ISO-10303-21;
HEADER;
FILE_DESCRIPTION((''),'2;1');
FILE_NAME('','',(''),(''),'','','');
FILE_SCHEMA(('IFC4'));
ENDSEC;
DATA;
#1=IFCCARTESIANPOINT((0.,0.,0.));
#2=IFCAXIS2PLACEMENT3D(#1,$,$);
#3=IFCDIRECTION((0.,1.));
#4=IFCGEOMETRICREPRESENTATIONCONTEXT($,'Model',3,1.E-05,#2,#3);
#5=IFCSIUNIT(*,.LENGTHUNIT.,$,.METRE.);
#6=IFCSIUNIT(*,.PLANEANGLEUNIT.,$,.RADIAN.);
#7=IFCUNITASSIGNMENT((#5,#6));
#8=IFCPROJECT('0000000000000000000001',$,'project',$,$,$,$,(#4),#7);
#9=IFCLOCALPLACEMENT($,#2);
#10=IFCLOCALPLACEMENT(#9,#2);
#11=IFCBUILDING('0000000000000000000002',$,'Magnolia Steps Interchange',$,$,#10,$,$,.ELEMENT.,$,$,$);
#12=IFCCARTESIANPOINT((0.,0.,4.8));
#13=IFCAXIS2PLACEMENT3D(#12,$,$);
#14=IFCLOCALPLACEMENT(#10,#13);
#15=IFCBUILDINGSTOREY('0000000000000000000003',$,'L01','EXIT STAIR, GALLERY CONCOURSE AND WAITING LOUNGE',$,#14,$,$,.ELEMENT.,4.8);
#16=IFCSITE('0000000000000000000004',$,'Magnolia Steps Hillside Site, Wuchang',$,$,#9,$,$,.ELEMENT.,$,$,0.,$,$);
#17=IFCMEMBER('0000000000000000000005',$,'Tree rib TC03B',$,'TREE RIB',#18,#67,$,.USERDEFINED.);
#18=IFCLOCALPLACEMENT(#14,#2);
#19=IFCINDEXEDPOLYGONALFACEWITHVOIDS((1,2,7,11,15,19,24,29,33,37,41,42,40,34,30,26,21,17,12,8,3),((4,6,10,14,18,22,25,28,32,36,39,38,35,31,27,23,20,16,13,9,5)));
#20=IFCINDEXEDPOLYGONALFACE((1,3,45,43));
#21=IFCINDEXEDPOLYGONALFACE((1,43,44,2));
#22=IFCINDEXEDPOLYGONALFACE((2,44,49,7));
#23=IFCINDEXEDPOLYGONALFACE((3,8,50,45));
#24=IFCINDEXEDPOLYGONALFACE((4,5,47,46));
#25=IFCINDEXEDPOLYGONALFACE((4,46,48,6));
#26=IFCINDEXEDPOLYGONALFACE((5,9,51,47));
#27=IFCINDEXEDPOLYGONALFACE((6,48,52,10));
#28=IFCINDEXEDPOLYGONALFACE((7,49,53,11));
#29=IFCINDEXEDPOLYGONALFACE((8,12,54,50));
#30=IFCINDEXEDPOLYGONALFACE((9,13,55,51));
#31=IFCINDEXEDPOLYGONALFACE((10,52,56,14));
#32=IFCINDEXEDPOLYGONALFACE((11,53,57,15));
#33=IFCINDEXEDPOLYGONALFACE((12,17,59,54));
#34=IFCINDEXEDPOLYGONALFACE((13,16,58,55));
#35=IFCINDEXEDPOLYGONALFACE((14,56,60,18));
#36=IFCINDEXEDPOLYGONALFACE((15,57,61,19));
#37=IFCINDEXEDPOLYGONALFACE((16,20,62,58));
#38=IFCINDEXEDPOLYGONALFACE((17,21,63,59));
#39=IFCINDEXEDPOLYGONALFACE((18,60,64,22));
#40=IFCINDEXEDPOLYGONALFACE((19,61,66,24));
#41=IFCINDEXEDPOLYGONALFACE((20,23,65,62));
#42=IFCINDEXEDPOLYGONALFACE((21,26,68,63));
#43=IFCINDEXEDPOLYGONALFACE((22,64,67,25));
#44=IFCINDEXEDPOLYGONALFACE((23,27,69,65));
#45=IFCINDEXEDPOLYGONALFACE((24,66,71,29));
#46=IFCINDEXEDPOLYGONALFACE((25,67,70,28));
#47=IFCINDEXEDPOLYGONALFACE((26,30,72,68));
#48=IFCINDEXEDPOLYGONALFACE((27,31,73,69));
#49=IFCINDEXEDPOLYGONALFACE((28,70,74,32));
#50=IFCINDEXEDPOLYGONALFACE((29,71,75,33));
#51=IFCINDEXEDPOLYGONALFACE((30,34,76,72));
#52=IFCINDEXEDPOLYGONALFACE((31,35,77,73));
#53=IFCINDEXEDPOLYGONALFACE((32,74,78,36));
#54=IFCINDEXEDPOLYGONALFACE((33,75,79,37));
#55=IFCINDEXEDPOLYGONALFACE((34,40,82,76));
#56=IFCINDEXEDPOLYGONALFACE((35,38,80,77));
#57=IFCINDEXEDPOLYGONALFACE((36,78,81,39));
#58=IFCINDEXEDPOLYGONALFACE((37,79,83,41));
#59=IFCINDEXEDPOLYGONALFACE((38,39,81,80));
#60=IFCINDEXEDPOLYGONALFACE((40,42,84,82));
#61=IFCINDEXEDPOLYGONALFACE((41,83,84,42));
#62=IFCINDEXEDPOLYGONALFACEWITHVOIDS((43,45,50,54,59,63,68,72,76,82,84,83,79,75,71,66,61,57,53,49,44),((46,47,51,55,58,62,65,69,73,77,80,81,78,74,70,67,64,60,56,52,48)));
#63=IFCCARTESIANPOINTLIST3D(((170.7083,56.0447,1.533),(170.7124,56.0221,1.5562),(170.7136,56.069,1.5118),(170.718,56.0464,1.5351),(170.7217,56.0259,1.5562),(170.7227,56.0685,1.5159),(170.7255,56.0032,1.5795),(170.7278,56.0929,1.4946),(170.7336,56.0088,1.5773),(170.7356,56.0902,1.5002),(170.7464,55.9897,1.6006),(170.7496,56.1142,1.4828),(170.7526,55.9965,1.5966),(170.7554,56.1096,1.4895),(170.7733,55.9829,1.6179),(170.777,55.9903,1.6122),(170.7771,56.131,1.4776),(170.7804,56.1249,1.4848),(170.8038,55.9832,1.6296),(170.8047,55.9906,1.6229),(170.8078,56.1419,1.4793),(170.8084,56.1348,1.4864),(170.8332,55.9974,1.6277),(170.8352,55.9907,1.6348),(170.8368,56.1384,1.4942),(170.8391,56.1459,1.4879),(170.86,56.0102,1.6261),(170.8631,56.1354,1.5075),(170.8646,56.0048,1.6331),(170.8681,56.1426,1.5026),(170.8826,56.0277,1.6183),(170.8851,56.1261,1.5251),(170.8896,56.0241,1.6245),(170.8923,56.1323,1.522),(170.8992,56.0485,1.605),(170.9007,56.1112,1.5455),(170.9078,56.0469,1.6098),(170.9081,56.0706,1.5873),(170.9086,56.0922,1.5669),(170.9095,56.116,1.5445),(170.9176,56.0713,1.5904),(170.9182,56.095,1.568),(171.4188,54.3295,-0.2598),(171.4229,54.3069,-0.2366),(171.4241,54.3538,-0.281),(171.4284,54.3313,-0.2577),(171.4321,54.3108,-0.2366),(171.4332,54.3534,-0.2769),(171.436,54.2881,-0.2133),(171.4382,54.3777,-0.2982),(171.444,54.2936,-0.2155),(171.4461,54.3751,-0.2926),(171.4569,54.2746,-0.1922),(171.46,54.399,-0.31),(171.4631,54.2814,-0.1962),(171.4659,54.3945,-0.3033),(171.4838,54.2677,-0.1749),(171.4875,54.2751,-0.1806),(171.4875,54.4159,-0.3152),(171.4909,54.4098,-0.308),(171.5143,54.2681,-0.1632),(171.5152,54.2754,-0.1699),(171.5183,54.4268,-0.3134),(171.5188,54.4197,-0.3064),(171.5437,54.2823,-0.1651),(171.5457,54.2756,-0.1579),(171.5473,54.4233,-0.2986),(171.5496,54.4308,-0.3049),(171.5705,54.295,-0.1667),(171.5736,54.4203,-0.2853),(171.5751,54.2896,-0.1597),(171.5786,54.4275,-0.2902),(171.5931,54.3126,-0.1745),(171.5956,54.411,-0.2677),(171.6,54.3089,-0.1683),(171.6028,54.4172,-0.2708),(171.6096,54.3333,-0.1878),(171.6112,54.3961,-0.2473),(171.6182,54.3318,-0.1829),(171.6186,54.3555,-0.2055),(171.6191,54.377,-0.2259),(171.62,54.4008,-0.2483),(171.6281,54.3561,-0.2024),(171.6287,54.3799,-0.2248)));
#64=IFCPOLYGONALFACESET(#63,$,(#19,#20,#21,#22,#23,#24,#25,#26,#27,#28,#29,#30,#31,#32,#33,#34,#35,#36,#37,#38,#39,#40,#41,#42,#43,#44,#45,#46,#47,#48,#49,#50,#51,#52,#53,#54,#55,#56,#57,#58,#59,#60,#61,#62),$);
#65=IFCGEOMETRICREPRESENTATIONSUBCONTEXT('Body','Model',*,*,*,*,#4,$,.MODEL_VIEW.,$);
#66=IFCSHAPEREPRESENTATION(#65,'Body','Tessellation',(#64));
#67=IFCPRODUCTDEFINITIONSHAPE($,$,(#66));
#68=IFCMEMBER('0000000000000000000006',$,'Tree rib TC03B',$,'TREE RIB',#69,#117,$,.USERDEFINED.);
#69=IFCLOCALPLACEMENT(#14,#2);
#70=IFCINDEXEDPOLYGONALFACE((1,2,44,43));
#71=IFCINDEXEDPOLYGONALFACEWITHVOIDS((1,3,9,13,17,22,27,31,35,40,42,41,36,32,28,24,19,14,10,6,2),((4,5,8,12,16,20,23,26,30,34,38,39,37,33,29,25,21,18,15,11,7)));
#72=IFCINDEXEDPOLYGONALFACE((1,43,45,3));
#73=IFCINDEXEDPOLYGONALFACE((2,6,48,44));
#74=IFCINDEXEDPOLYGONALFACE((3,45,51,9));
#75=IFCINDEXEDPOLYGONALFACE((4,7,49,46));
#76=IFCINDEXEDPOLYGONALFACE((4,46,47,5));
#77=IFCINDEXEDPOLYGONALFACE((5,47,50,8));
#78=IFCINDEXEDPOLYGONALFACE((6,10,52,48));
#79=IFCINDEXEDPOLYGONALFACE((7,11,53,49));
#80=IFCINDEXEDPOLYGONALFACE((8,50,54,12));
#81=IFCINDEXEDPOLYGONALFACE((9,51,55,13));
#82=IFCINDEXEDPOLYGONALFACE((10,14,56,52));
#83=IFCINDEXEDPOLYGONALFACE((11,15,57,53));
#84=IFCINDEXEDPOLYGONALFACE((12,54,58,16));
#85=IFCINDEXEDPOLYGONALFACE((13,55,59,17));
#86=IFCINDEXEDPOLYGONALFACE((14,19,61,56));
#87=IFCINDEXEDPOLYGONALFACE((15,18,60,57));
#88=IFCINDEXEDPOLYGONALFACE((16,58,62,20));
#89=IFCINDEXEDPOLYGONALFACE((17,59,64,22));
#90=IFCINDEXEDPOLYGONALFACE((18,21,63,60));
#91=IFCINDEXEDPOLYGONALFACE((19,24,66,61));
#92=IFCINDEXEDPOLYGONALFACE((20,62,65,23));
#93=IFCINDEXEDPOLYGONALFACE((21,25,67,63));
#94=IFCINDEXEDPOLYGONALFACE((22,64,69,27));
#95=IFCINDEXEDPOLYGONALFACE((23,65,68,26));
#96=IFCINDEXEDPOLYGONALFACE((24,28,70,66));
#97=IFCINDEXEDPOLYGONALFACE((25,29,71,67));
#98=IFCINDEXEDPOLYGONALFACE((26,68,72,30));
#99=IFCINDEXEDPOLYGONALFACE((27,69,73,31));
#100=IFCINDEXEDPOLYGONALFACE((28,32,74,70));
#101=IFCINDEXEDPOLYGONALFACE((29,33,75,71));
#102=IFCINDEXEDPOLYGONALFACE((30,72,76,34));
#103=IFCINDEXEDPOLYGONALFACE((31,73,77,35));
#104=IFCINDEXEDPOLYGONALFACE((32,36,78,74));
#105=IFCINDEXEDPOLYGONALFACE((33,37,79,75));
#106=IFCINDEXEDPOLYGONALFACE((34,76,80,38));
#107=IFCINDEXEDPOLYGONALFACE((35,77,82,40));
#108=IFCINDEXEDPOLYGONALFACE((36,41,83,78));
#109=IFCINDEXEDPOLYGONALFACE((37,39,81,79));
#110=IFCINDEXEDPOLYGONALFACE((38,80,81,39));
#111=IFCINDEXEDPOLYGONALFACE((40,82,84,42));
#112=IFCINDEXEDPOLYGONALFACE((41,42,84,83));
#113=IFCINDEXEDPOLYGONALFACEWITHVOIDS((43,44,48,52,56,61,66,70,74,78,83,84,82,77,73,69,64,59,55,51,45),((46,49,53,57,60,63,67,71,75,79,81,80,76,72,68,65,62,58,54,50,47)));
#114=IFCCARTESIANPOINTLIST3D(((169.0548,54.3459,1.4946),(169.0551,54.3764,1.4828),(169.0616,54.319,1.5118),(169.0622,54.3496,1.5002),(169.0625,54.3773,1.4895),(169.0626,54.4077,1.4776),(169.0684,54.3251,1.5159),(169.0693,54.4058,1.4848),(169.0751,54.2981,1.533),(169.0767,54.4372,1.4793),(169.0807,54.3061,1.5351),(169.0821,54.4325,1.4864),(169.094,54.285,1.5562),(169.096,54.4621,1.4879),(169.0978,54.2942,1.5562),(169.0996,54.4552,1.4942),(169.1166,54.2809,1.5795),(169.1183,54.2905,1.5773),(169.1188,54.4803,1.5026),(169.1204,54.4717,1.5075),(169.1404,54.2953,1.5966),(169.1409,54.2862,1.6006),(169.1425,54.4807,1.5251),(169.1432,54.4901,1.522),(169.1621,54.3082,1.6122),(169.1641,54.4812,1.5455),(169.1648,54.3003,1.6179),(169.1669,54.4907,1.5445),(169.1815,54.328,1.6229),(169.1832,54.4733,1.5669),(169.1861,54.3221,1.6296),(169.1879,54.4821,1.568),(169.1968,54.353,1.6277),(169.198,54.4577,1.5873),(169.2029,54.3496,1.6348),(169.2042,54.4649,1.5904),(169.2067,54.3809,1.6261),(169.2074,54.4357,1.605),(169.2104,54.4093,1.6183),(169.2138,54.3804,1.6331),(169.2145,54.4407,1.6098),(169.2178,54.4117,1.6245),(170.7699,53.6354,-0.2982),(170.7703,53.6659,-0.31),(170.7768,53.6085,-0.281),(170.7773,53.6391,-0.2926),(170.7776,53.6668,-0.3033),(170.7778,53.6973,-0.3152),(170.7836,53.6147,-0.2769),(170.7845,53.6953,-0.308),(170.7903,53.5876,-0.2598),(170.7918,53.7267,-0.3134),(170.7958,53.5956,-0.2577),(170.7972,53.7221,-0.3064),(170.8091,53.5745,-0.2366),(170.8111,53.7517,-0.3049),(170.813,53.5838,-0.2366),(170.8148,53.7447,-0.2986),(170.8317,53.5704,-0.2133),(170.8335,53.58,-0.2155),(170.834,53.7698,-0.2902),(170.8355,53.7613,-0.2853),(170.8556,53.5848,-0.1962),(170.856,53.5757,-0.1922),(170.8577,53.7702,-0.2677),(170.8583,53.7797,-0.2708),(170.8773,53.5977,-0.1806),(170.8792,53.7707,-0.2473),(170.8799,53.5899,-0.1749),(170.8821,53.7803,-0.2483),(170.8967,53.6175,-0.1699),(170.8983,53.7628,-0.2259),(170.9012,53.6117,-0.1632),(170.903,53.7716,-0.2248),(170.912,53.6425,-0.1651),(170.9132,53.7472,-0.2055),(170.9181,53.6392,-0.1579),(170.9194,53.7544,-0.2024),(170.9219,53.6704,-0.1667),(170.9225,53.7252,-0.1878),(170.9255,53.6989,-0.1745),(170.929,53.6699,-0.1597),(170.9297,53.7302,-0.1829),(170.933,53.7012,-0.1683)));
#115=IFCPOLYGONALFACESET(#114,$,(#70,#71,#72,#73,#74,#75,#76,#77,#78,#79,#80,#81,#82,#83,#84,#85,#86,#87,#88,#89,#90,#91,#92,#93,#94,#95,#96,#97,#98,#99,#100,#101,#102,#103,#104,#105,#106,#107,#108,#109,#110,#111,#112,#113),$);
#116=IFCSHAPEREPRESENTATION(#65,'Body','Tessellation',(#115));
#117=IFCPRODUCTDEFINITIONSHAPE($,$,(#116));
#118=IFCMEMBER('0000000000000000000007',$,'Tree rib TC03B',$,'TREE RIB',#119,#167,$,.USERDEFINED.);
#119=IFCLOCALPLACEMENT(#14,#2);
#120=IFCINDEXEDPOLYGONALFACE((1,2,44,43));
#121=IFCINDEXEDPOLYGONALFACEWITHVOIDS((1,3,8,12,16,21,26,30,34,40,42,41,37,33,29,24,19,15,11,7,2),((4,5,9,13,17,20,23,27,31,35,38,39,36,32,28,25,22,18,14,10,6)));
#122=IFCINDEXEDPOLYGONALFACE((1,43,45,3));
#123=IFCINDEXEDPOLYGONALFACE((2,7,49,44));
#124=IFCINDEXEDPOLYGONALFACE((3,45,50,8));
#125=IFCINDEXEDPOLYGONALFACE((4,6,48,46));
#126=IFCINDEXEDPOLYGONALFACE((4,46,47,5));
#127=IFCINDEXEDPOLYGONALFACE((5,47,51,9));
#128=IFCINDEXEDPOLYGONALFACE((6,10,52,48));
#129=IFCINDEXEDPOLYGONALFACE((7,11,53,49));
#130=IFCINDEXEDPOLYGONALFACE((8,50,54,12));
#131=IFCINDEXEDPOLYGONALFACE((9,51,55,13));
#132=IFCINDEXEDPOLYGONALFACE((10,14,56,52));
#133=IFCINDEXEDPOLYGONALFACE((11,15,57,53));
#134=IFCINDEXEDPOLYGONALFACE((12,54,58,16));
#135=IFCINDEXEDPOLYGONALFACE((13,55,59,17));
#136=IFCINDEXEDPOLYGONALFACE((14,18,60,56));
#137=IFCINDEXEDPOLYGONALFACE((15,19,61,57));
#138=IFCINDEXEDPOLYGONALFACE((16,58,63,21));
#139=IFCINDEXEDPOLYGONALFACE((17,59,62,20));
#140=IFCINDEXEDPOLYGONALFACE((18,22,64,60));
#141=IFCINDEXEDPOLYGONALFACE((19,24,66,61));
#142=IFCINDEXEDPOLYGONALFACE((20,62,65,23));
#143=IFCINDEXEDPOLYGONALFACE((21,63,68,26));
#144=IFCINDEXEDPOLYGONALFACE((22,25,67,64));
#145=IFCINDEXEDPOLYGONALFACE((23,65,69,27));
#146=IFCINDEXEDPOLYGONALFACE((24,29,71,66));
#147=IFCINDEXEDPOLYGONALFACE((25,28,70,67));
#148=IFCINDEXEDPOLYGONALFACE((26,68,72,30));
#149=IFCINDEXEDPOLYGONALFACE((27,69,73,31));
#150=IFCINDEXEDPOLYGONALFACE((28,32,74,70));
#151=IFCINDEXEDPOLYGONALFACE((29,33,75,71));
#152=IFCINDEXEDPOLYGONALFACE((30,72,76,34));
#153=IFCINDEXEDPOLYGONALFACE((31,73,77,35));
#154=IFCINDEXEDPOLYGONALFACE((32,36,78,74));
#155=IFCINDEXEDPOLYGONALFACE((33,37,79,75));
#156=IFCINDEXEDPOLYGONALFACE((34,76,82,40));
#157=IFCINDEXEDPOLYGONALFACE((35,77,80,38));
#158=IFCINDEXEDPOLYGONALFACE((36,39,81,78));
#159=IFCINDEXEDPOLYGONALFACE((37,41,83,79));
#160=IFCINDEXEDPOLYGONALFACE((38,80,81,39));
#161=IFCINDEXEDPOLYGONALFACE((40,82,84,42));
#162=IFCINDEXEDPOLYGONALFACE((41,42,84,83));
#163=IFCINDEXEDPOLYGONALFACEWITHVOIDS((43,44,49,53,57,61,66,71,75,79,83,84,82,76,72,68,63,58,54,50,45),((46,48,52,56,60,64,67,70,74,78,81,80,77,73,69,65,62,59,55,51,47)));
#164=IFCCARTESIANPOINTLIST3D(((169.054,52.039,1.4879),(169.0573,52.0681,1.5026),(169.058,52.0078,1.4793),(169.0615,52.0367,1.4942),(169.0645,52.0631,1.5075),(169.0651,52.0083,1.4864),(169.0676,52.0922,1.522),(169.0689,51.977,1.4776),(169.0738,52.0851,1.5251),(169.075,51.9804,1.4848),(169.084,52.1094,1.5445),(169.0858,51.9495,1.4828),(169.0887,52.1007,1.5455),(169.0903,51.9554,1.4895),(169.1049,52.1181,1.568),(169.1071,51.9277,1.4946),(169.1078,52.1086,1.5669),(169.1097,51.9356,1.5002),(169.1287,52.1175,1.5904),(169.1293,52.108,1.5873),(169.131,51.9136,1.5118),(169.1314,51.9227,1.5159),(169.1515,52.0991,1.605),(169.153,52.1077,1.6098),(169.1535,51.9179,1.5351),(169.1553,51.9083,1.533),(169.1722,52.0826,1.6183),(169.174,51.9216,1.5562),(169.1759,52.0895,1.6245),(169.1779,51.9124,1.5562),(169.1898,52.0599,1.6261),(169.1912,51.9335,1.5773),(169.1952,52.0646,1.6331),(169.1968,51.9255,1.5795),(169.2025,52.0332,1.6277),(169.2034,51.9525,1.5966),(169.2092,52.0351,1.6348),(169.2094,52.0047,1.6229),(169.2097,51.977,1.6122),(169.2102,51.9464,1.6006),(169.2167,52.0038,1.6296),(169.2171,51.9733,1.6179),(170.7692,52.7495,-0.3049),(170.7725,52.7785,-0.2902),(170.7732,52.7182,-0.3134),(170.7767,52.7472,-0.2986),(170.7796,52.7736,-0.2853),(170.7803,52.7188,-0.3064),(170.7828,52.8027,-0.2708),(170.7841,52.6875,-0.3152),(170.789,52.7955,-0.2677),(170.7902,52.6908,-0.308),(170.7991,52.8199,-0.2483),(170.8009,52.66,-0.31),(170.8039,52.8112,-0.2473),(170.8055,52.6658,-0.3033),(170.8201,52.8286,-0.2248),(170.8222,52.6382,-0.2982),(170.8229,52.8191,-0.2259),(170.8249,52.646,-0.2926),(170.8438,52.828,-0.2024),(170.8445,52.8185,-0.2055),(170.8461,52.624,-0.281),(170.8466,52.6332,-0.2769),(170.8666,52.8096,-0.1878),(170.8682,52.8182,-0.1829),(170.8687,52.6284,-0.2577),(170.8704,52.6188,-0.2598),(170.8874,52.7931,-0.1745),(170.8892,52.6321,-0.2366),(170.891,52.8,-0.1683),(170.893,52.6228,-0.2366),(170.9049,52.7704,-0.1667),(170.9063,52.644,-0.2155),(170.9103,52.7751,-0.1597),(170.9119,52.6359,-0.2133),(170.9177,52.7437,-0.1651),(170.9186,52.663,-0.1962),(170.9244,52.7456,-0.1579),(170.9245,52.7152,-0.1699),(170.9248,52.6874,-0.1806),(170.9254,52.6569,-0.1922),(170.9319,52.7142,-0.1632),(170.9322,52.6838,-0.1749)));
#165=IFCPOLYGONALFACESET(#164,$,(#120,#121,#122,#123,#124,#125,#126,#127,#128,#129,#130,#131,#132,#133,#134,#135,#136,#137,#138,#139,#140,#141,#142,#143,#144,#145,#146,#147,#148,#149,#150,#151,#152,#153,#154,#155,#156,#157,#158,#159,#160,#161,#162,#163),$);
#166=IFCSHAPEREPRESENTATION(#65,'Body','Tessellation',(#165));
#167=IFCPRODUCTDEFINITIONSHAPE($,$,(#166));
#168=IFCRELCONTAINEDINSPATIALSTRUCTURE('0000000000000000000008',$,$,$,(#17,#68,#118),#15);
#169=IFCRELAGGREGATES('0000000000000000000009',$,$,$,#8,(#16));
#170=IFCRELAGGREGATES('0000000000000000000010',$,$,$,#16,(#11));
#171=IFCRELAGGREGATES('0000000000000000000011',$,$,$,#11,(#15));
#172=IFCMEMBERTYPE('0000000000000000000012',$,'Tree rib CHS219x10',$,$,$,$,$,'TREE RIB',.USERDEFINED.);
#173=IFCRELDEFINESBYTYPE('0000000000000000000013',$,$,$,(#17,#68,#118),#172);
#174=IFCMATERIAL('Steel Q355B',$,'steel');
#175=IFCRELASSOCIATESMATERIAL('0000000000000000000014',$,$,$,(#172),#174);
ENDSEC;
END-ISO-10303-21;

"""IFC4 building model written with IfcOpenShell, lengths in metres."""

from ifc_helpers import new_model, si_unit, direction, frame, origin, origin_2d, place, context, subcontext, project, spatial, hollow_circle, extrude, material, material_profile, profile_set, type_object, element, save


model = new_model("IFC4")

# Units and contexts
model_context = context("Model", 3, precision=1e-05, world=origin(), true_north=direction((0.0, 1.0)))
body_context = subcontext(model_context, "Body", "Model", "MODEL_VIEW")
ifc_project = project(units=[si_unit("LENGTHUNIT", "METRE"), si_unit("PLANEANGLEUNIT", "RADIAN")], contexts=[model_context])

# Site, building, storey
site_placement = place(None, origin())
site = spatial("IfcSite", under=ifc_project, at=site_placement, Name="Magnolia Steps Hillside Site, Wuchang", CompositionType="ELEMENT", RefElevation=0.0)
building_placement = place(site_placement, origin())
building = spatial("IfcBuilding", under=site, at=building_placement, Name="Magnolia Steps Interchange", CompositionType="ELEMENT")
storey_placement = place(building_placement, frame((0.0, 0.0, 4.8)))
storey = spatial("IfcBuildingStorey", under=building, at=storey_placement, Name="L01", Description="EXIT STAIR, GALLERY CONCOURSE AND WAITING LOUNGE", CompositionType="ELEMENT", Elevation=4.8)

# Members
ifc_material_1 = material(Name="Steel Q355B", Category="steel")
ifc_material_profile_1 = material_profile(ifc_material_1, hollow_circle(Radius=0.1096, WallThickness=0.01, at=origin_2d()), Name="CHS219x10")
ifc_profile_set_1 = profile_set([ifc_material_profile_1], Name="Steel Q355B")
member_type = type_object("IfcMemberType", Name="Tree rib CHS219x10", ElementType="TREE RIB", PredefinedType="USERDEFINED", material=ifc_profile_set_1)
for number, where, z_axis, x_axis, name in (
    (1, (171.5242, 54.3489, -0.2366), (-0.275291, 0.664577, 0.69466), (-0.923873, -0.3827, 0.0), "Tree rib TC03B"),
    (2, (170.8511, 53.6758, -0.2366), (-0.664577, 0.275291, 0.69466), (-0.3827, -0.923873, 0.0), "Tree rib TC03B"),
    (3, (170.8511, 52.7241, -0.2366), (-0.664577, -0.275291, 0.69466), (0.3827, -0.923873, 0.0), "Tree rib TC03B"),
):
    element("IfcMember", number, at=place(storey_placement, frame(where, z_axis=z_axis, x_axis=x_axis)), inside=storey, type_object=member_type, Name=name, ObjectType="TREE RIB", PredefinedType="USERDEFINED", context=body_context, shape_type="SweptSolid", body=[
        extrude(hollow_circle(Radius=0.1096, WallThickness=0.01, at=origin_2d()), origin(), (0.0, 0.0, 1.0), 2.5808),
    ])

save(model, "model.ifc")
